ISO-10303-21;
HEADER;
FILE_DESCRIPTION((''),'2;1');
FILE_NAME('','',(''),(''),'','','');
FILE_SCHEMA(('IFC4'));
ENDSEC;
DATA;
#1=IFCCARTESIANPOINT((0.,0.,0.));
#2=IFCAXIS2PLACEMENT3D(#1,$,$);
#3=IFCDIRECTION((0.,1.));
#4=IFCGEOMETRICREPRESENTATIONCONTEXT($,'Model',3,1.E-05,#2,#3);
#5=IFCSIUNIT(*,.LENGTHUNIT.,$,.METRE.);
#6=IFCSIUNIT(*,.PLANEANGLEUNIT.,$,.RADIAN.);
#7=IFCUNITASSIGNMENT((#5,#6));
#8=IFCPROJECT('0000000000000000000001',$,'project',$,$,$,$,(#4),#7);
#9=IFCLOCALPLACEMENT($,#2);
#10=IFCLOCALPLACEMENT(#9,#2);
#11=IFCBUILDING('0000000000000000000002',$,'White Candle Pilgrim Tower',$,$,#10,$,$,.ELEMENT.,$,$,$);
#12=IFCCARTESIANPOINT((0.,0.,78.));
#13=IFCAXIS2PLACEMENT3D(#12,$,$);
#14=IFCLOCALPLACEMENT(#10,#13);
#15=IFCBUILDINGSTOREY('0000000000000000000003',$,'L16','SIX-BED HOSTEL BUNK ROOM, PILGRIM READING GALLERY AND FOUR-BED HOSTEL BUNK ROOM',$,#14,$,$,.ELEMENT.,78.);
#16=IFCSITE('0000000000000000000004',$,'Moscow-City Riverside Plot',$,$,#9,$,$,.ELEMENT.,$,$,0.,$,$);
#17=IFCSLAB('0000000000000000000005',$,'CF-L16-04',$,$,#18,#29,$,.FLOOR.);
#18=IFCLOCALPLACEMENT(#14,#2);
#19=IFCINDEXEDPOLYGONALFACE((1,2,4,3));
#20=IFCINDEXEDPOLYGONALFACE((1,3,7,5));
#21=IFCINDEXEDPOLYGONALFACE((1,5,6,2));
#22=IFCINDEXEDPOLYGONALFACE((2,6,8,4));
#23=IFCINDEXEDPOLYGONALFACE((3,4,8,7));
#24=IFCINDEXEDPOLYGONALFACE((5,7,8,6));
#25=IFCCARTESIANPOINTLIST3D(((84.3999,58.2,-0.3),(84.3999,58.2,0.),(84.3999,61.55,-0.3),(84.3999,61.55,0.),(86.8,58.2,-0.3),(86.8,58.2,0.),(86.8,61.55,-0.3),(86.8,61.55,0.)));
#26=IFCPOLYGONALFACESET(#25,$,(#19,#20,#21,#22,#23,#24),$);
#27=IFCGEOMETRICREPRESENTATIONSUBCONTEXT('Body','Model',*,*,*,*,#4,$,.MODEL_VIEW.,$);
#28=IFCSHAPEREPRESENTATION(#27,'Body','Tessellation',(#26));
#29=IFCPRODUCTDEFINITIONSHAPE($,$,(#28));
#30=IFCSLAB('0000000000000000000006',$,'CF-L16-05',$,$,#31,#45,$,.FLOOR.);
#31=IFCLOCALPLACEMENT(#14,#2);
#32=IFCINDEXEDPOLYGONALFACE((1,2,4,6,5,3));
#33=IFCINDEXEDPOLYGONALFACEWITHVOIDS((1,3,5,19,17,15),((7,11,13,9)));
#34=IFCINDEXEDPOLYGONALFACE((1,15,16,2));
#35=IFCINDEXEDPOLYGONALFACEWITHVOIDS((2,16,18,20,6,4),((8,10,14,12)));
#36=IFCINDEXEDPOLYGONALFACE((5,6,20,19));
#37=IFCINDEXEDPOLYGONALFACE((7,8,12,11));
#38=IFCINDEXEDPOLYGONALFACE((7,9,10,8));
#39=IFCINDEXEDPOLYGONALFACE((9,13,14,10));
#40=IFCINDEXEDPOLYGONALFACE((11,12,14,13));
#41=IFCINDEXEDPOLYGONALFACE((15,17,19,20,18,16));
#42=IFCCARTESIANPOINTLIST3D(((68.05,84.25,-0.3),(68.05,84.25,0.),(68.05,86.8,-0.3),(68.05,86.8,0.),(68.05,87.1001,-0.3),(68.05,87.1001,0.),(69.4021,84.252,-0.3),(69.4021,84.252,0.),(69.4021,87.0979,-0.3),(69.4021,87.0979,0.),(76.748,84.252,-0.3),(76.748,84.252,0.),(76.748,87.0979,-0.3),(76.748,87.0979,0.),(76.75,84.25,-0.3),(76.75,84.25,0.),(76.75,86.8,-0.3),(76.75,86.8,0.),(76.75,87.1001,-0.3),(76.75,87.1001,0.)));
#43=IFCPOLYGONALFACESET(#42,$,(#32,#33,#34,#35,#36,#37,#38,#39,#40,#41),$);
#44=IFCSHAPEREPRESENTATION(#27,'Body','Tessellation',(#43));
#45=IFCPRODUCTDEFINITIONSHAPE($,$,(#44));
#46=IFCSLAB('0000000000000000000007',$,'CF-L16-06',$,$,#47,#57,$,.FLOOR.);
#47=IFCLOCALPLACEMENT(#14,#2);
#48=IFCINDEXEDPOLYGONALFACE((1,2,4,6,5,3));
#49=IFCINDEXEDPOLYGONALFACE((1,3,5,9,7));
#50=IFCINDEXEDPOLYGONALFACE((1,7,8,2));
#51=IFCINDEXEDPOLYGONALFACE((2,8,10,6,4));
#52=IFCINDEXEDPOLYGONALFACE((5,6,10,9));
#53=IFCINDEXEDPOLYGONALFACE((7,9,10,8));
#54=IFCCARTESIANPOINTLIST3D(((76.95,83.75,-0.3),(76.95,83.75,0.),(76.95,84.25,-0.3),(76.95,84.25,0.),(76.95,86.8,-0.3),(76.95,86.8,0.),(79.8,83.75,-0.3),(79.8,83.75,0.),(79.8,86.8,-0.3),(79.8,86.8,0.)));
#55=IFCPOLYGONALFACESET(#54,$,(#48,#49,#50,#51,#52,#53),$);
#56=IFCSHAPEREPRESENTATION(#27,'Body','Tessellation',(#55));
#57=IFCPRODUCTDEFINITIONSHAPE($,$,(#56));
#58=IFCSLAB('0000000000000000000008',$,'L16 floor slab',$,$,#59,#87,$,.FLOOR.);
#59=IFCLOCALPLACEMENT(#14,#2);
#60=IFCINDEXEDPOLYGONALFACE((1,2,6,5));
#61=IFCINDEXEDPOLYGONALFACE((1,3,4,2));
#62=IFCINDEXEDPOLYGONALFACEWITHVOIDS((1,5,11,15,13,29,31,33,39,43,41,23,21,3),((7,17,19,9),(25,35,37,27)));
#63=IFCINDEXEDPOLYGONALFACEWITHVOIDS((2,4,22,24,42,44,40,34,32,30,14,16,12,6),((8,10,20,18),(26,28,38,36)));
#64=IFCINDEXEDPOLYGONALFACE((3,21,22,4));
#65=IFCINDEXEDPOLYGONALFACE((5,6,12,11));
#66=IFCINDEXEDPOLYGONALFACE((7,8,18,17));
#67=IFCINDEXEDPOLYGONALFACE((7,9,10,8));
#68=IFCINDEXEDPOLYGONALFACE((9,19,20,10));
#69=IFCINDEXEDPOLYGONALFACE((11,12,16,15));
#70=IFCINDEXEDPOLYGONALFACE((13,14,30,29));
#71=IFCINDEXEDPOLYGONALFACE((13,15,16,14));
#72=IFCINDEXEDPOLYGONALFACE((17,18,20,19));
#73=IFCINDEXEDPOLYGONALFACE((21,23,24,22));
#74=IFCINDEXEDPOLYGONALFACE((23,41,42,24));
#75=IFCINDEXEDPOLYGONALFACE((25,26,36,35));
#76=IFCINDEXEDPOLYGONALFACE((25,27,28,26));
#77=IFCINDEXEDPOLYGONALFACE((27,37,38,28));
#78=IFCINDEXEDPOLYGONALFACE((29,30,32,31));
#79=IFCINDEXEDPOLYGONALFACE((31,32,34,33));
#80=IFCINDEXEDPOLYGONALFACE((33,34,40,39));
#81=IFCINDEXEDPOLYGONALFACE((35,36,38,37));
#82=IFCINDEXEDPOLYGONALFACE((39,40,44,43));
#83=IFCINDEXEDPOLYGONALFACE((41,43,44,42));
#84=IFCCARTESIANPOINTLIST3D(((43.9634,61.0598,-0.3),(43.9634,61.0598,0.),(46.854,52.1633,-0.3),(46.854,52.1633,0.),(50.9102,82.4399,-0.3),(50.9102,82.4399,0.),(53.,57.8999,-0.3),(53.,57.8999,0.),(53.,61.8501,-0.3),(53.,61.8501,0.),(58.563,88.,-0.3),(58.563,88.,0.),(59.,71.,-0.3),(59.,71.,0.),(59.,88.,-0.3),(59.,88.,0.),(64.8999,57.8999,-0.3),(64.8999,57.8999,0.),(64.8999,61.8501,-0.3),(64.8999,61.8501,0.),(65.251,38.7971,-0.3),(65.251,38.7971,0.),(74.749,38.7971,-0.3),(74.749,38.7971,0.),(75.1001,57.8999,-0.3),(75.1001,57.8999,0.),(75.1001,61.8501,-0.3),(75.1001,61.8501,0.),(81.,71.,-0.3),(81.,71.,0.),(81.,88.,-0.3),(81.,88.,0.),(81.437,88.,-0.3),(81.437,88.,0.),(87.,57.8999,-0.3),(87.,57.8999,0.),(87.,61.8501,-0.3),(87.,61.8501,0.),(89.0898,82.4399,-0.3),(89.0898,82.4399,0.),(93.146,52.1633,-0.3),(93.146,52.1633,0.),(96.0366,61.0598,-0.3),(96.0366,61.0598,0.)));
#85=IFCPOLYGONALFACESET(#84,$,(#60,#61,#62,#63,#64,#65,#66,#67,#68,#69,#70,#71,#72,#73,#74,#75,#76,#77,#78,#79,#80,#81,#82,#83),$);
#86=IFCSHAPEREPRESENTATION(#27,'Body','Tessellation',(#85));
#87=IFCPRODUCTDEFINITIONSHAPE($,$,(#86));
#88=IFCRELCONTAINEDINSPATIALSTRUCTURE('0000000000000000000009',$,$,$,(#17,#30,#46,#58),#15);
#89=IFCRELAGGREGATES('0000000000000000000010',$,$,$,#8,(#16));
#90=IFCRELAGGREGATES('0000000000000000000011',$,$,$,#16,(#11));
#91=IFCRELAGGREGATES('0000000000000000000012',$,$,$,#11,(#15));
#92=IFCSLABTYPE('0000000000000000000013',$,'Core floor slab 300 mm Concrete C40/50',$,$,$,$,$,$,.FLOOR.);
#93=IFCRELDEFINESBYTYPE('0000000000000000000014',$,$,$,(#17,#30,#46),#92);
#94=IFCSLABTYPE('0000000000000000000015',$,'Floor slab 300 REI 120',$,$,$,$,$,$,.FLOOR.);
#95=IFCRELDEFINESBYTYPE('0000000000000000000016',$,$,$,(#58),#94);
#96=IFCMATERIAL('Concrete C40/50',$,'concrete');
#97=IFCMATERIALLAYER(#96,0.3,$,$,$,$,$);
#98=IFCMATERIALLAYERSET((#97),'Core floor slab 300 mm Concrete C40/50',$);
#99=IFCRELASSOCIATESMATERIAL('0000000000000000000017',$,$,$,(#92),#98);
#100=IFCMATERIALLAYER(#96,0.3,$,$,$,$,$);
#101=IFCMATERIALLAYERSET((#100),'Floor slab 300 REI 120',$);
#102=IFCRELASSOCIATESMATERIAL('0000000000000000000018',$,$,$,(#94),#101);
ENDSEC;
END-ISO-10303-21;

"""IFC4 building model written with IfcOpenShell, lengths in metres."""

from ifc_helpers import new_model, si_unit, direction, frame, origin, place, context, subcontext, project, spatial, polyline, outline, extrude, material, layer, layer_set, type_object, element, save


model = new_model("IFC4")

# Units and contexts
model_context = context("Model", 3, precision=1e-05, world=origin(), true_north=direction((0.0, 1.0)))
body_context = subcontext(model_context, "Body", "Model", "MODEL_VIEW")
ifc_project = project(units=[si_unit("LENGTHUNIT", "METRE"), si_unit("PLANEANGLEUNIT", "RADIAN")], contexts=[model_context])

# Site, building, storey
site_placement = place(None, origin())
site = spatial("IfcSite", under=ifc_project, at=site_placement, Name="Moscow-City Riverside Plot", CompositionType="ELEMENT", RefElevation=0.0)
building_placement = place(site_placement, origin())
building = spatial("IfcBuilding", under=site, at=building_placement, Name="White Candle Pilgrim Tower", CompositionType="ELEMENT")
storey_placement = place(building_placement, frame((0.0, 0.0, 78.0)))
storey = spatial("IfcBuildingStorey", under=building, at=storey_placement, Name="L16", Description="SIX-BED HOSTEL BUNK ROOM, PILGRIM READING GALLERY AND FOUR-BED HOSTEL BUNK ROOM", CompositionType="ELEMENT", Elevation=78.0)

# Slabs
ifc_material_1 = material(Name="Concrete C40/50", Category="concrete")
ifc_layer_1 = layer(ifc_material_1, 0.3)
ifc_layer_set_1 = layer_set([ifc_layer_1], Name="Core floor slab 300 mm Concrete C40/50")
slab_type_1 = type_object("IfcSlabType", Name="Core floor slab 300 mm Concrete C40/50", PredefinedType="FLOOR", material=ifc_layer_set_1)
slab_1_placement = place(storey_placement, frame((0.0, 0.0, -0.3)))
element("IfcSlab", 1, at=slab_1_placement, inside=storey, type_object=slab_type_1, Name="CF-L16-04", PredefinedType="FLOOR", context=body_context, shape_type="SweptSolid", body=[
    extrude(outline(polyline([(86.8, 58.2), (84.3999, 58.2), (84.3999, 61.55), (86.8, 61.55), (86.8, 58.2)])), origin(), (0.0, 0.0, 1.0), 0.3),
])
slab_2_placement = place(storey_placement, frame((0.0, 0.0, -0.3)))
element("IfcSlab", 2, at=slab_2_placement, inside=storey, type_object=slab_type_1, Name="CF-L16-05", PredefinedType="FLOOR", context=body_context, shape_type="SweptSolid", body=[
    extrude(outline(polyline([(76.75, 87.1001), (76.75, 86.8), (76.75, 84.25), (68.05, 84.25), (68.05, 86.8), (68.05, 87.1001), (76.75, 87.1001)]), holes=[polyline([(69.4021, 87.0979), (69.4021, 84.252), (76.748, 84.252), (76.748, 87.0979), (69.4021, 87.0979)])]), origin(), (0.0, 0.0, 1.0), 0.3),
])
slab_3_placement = place(storey_placement, frame((0.0, 0.0, -0.3)))
element("IfcSlab", 3, at=slab_3_placement, inside=storey, type_object=slab_type_1, Name="CF-L16-06", PredefinedType="FLOOR", context=body_context, shape_type="SweptSolid", body=[
    extrude(outline(polyline([(79.8, 86.8), (79.8, 83.75), (76.95, 83.75), (76.95, 84.25), (76.95, 86.8), (79.8, 86.8)])), origin(), (0.0, 0.0, 1.0), 0.3),
])
ifc_layer_2 = layer(ifc_material_1, 0.3)
ifc_layer_set_2 = layer_set([ifc_layer_2], Name="Floor slab 300 REI 120")
slab_type_2 = type_object("IfcSlabType", Name="Floor slab 300 REI 120", PredefinedType="FLOOR", material=ifc_layer_set_2)
slab_4_placement = place(storey_placement, frame((0.0, 0.0, -0.3)))
element("IfcSlab", 4, at=slab_4_placement, inside=storey, type_object=slab_type_2, Name="L16 floor slab", PredefinedType="FLOOR", context=body_context, shape_type="SweptSolid", body=[
    extrude(outline(polyline([(65.251, 38.7971), (74.749, 38.7971), (93.146, 52.1633), (96.0366, 61.0598), (89.0898, 82.4399), (81.437, 88.0), (81.0, 88.0), (81.0, 71.0), (59.0, 71.0), (59.0, 88.0), (58.563, 88.0), (50.9102, 82.4399), (43.9634, 61.0598), (46.854, 52.1633), (65.251, 38.7971)]), holes=[polyline([(53.0, 57.8999), (53.0, 61.8501), (64.8999, 61.8501), (64.8999, 57.8999), (53.0, 57.8999)]), polyline([(75.1001, 57.8999), (75.1001, 61.8501), (87.0, 61.8501), (87.0, 57.8999), (75.1001, 57.8999)])]), origin(), (0.0, 0.0, 1.0), 0.3),
])

save(model, "model.ifc")
